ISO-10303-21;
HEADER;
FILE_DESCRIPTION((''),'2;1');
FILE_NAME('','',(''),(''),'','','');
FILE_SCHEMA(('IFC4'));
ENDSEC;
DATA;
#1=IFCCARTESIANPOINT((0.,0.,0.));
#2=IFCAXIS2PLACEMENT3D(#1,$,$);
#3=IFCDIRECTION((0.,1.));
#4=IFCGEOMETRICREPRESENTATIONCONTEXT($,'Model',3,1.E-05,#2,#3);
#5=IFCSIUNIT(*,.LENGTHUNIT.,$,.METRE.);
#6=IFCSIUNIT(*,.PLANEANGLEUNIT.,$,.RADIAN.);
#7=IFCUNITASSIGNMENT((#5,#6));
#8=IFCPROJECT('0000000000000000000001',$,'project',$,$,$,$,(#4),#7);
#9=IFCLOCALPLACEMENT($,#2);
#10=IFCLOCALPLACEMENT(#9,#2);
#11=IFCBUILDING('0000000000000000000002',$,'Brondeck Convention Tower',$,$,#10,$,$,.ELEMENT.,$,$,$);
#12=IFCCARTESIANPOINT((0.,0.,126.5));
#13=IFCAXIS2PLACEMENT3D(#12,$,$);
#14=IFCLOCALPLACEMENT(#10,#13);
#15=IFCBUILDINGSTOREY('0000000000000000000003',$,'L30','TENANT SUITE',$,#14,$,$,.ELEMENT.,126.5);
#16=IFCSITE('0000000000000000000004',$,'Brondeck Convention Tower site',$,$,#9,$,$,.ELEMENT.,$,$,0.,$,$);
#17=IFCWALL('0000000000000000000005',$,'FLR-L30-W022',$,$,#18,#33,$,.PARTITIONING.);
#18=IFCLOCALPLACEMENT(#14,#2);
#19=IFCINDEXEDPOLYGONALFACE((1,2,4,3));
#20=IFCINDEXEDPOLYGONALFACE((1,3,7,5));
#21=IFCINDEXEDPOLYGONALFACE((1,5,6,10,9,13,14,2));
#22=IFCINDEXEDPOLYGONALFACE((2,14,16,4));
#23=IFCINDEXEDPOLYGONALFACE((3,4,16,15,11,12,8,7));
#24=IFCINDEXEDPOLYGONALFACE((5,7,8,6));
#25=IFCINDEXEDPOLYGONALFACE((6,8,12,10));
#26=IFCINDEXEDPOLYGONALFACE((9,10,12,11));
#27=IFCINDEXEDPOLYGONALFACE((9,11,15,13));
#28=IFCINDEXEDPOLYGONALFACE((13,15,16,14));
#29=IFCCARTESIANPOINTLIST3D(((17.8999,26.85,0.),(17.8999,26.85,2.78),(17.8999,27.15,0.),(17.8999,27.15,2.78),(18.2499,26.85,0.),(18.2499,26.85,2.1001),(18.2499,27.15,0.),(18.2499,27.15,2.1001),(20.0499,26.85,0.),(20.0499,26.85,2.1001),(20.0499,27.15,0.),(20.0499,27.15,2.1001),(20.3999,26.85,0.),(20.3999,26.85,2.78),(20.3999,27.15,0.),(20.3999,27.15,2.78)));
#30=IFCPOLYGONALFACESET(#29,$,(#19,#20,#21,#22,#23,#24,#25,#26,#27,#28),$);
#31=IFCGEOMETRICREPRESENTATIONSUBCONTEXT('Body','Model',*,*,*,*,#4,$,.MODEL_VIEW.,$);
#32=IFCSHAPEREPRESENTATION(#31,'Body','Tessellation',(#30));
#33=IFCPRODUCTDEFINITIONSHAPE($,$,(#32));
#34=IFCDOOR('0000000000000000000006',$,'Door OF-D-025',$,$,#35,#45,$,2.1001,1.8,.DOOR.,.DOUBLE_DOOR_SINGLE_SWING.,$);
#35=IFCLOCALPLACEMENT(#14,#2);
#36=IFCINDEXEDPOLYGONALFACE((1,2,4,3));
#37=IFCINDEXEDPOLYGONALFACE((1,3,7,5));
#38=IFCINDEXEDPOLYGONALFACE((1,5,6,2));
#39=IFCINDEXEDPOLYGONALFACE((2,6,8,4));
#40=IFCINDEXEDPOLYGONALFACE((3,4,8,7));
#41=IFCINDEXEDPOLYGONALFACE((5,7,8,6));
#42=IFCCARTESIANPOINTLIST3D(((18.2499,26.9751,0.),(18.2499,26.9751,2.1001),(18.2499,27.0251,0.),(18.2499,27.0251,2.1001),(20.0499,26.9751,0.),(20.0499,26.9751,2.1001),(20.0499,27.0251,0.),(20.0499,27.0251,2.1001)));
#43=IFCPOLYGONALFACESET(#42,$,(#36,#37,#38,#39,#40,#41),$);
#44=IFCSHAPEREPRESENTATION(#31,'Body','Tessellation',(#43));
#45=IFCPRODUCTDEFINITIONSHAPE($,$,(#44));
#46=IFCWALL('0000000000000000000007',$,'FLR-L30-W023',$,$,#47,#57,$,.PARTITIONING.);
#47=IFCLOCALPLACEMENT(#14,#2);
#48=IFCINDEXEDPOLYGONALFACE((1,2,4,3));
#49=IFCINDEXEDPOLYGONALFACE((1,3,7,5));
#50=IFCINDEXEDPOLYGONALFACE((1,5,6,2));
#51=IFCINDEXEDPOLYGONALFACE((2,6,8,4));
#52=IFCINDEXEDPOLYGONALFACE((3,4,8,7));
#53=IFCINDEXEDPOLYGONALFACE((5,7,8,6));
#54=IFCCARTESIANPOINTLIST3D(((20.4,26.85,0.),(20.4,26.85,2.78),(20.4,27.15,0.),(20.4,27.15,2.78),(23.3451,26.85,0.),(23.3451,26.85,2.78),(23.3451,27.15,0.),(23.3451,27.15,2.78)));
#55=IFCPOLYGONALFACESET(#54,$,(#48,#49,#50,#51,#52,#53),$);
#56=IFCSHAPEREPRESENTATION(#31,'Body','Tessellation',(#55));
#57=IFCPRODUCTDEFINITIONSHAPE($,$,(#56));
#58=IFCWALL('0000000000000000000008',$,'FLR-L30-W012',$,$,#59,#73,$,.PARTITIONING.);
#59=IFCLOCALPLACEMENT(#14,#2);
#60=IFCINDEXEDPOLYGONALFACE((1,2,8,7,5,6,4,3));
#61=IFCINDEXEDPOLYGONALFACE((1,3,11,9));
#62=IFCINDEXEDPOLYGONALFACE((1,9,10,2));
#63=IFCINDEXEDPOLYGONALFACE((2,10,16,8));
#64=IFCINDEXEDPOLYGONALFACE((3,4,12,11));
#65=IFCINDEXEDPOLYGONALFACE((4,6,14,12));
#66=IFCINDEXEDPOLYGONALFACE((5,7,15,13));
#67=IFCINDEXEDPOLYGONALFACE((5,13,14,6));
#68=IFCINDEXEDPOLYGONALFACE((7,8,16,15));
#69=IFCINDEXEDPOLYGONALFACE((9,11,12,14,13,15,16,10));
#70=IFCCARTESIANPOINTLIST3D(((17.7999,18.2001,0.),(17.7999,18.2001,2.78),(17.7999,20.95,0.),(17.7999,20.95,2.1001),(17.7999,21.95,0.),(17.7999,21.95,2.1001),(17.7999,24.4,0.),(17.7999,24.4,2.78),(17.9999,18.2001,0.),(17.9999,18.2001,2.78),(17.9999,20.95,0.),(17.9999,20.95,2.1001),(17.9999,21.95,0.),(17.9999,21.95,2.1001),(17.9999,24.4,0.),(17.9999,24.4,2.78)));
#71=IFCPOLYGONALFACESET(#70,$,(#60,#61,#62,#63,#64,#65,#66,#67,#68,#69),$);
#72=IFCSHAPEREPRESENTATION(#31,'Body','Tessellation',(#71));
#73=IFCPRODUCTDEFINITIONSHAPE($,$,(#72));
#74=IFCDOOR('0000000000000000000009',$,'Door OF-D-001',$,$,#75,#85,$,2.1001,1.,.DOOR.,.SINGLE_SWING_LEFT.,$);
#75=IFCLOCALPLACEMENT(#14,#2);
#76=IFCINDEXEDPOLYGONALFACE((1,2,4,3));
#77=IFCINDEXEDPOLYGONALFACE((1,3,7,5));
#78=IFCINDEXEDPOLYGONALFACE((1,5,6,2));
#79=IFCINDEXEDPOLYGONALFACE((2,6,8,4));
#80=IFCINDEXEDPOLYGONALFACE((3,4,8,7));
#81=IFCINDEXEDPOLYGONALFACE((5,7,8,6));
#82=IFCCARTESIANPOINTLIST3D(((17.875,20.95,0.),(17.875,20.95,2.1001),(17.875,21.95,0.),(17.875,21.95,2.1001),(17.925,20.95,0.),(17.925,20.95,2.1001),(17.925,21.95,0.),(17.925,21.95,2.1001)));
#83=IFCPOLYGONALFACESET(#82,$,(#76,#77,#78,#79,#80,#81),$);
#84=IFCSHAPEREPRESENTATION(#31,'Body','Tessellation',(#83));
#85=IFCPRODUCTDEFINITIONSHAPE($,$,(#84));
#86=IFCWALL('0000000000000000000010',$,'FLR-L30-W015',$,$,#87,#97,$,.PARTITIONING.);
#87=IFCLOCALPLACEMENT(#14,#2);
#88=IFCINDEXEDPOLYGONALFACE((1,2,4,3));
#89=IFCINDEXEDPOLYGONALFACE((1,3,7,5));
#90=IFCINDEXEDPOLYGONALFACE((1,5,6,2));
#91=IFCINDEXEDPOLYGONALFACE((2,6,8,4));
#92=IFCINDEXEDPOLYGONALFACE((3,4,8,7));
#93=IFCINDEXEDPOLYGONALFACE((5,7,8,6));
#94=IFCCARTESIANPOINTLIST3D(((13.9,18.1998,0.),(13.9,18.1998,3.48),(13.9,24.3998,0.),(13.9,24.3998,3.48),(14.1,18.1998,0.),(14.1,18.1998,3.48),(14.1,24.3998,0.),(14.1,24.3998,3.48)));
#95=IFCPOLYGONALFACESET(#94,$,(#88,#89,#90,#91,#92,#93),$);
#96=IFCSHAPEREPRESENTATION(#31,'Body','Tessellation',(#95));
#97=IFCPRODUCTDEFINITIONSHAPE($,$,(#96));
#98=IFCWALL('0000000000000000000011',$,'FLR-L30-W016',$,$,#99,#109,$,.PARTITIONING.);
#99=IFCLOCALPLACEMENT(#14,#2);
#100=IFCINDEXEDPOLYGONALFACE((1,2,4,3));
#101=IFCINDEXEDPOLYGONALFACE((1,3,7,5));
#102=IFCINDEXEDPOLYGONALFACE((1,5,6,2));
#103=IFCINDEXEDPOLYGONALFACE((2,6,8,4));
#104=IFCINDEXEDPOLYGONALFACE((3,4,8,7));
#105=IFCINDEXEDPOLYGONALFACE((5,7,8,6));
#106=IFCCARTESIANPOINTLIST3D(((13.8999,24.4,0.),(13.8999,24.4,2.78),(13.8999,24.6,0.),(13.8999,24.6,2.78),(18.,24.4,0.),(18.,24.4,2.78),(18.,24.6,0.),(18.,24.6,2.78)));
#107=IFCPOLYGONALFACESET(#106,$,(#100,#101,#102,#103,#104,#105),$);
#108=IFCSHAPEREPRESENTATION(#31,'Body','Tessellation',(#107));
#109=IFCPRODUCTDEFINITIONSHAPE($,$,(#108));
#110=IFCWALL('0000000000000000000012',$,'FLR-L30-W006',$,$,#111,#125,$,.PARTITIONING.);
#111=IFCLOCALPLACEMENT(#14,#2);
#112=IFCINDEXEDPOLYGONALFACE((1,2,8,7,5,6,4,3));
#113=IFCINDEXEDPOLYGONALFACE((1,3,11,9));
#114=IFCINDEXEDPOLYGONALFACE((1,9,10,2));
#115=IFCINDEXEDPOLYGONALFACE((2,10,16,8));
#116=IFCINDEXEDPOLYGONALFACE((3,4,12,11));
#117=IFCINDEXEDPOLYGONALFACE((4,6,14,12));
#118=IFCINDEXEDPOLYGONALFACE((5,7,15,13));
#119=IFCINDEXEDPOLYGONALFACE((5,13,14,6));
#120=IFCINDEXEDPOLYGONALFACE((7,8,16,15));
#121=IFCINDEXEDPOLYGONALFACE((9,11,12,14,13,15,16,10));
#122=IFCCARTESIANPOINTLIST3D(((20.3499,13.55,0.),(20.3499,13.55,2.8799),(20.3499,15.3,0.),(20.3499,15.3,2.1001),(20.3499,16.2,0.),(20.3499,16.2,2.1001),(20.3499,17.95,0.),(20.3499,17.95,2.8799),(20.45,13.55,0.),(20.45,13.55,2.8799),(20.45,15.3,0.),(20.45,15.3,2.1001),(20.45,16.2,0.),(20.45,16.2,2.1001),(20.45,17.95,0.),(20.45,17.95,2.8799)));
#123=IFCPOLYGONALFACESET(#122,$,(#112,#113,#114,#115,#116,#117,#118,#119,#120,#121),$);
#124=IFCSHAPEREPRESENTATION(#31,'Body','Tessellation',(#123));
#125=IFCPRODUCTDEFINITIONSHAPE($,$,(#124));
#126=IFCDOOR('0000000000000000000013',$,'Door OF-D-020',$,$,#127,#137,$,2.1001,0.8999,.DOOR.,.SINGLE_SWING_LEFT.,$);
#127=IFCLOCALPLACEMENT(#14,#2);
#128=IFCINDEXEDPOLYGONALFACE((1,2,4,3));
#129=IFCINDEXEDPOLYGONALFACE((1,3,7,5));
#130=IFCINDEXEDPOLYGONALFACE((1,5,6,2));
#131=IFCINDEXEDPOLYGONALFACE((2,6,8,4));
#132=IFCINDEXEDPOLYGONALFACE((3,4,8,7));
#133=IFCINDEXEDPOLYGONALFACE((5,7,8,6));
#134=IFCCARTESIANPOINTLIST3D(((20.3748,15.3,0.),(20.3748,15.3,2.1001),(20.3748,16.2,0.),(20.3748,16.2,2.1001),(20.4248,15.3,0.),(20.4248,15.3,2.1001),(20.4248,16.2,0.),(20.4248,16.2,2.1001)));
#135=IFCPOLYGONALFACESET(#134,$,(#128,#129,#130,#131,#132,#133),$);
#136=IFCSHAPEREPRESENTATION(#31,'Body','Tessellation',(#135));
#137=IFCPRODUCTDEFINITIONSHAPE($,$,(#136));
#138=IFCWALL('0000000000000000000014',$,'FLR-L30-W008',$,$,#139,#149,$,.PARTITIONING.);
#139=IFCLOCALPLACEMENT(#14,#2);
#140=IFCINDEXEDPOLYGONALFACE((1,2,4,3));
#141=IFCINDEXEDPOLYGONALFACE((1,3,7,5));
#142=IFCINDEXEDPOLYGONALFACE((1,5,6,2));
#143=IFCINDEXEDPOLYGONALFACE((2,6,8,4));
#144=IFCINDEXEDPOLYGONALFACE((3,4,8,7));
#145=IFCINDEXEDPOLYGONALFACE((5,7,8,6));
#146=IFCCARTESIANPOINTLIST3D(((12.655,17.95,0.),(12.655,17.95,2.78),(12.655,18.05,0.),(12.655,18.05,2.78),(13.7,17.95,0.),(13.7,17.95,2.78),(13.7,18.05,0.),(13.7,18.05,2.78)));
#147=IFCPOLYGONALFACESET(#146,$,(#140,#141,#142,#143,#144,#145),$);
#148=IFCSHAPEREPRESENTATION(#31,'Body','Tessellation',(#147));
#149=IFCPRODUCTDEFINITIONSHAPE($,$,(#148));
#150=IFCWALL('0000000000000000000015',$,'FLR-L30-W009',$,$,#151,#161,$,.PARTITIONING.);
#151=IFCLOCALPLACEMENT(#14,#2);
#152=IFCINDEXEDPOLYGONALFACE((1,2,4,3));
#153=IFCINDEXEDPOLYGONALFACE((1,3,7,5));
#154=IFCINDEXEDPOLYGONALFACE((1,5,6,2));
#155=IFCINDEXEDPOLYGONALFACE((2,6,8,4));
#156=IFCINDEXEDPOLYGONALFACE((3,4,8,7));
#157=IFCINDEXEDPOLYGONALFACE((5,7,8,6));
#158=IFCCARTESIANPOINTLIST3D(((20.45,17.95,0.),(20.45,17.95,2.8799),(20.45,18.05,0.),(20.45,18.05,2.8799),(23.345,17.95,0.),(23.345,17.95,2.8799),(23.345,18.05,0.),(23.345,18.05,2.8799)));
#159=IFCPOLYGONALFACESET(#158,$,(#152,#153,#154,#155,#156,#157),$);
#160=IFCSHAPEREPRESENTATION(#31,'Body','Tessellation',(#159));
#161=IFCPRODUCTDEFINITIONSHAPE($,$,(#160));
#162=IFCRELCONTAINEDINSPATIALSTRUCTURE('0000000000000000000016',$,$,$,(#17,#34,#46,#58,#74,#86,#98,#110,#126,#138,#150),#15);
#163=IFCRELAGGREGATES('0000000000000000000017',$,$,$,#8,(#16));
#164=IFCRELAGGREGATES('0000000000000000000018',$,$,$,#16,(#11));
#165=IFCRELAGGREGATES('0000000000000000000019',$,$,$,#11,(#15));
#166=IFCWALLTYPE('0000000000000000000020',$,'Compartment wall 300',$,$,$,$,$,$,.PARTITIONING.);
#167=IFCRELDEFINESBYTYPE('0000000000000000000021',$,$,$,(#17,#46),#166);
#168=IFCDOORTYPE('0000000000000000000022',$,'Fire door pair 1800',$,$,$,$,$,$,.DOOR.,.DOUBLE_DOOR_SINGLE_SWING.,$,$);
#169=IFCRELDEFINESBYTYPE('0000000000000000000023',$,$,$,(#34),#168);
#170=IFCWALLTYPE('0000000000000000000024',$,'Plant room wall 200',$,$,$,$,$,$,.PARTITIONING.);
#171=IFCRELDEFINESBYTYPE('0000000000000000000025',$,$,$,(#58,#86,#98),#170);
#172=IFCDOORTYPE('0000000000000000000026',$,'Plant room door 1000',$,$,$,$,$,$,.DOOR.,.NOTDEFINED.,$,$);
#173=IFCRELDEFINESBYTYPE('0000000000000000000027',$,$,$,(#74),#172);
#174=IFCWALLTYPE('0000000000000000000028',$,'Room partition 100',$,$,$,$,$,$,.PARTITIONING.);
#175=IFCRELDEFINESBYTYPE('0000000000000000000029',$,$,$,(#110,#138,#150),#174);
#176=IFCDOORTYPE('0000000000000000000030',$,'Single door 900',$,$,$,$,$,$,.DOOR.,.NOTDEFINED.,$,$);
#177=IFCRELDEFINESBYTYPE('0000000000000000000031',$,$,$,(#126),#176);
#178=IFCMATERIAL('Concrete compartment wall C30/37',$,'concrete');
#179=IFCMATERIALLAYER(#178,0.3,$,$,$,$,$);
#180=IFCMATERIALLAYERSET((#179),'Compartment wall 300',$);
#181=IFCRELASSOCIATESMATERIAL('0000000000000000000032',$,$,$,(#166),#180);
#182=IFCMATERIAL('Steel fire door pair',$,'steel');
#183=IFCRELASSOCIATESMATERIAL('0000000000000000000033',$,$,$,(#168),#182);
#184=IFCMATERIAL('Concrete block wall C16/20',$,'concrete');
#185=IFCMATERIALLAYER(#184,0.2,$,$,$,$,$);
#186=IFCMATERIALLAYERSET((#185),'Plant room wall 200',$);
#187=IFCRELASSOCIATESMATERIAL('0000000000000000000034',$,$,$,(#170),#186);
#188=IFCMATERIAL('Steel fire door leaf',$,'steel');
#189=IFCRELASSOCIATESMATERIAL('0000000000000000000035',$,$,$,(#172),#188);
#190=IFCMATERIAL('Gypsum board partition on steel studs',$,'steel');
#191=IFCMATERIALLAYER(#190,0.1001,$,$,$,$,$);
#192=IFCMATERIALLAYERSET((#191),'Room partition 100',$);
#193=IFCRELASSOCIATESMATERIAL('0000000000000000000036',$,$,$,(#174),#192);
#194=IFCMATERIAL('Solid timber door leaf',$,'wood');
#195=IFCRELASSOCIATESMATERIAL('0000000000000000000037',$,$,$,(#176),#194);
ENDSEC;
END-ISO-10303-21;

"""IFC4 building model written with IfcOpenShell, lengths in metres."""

from ifc_helpers import new_model, si_unit, direction, frame, frame_2d, origin, place, context, subcontext, project, spatial, rectangle, extrude, material, layer, layer_set, type_object, element, fill, save


model = new_model("IFC4")

# Units and contexts
model_context = context("Model", 3, precision=1e-05, world=origin(), true_north=direction((0.0, 1.0)))
body_context = subcontext(model_context, "Body", "Model", "MODEL_VIEW")
ifc_project = project(units=[si_unit("LENGTHUNIT", "METRE"), si_unit("PLANEANGLEUNIT", "RADIAN")], contexts=[model_context])

# Site, building, storey
site_placement = place(None, origin())
site = spatial("IfcSite", under=ifc_project, at=site_placement, Name="Brondeck Convention Tower site", CompositionType="ELEMENT", RefElevation=0.0)
building_placement = place(site_placement, origin())
building = spatial("IfcBuilding", under=site, at=building_placement, Name="Brondeck Convention Tower", CompositionType="ELEMENT")
storey_placement = place(building_placement, frame((0.0, 0.0, 126.5)))
storey = spatial("IfcBuildingStorey", under=building, at=storey_placement, Name="L30", Description="TENANT SUITE", CompositionType="ELEMENT", Elevation=126.5)

# Shared definitions
ifc_material_1 = material(Name="Concrete compartment wall C30/37", Category="concrete")
ifc_layer_1 = layer(ifc_material_1, 0.3)
ifc_layer_set_1 = layer_set([ifc_layer_1], Name="Compartment wall 300")
wall_type_1 = type_object("IfcWallType", Name="Compartment wall 300", PredefinedType="PARTITIONING", material=ifc_layer_set_1)

# Wall, opening, door
wall_1_placement = place(storey_placement, frame((20.3999, 27.0, 0.0), z_axis=(0.0, 0.0, 1.0), x_axis=(-1.0, 0.0, 0.0)))
wall_1 = element("IfcWall", 1, at=wall_1_placement, inside=storey, type_object=wall_type_1, Name="FLR-L30-W022", PredefinedType="PARTITIONING", context=body_context, shape_type="SweptSolid", body=[
    extrude(rectangle(XDim=2.5, YDim=0.3, at=frame_2d((1.25, 0.0))), origin(), (0.0, 0.0, 1.0), 2.78),
])
opening_1_placement = place(wall_1_placement, frame((0.3501, 0.0, 0.0)))
opening_1 = element("IfcOpeningElement", 2, at=opening_1_placement, cuts=wall_1, PredefinedType="OPENING", context=body_context, shape_type="SweptSolid", body=[
    extrude(rectangle(XDim=1.8, YDim=2.1001, at=frame_2d((0.8999, 1.05))), frame((0.0, 0.1599, 0.0), z_axis=(0.0, -1.0, 0.0), x_axis=(1.0, 0.0, 0.0)), (0.0, 0.0, 1.0), 0.3201),
])
ifc_material_2 = material(Name="Steel fire door pair", Category="steel")
door_type_1 = type_object("IfcDoorType", Name="Fire door pair 1800", OperationType="DOUBLE_DOOR_SINGLE_SWING", PredefinedType="DOOR", material=ifc_material_2)
door_1_placement = place(opening_1_placement, origin())
door_1 = element("IfcDoor", 3, at=door_1_placement, inside=storey, type_object=door_type_1, Name="Door OF-D-025", OperationType="DOUBLE_DOOR_SINGLE_SWING", OverallHeight=2.1001, OverallWidth=1.8, PredefinedType="DOOR", context=body_context, shape_type="SweptSolid", body=[
    extrude(rectangle(XDim=1.8, YDim=2.1001, at=frame_2d((0.8999, 1.05))), frame((0.0, 0.0249, 0.0), z_axis=(0.0, -1.0, 0.0), x_axis=(1.0, 0.0, 0.0)), (0.0, 0.0, 1.0), 0.05),
])
fill(opening_1, door_1)

# Wall
wall_2_placement = place(storey_placement, frame((20.3999, 27.0, 0.0), z_axis=(0.0, 0.0, 1.0), x_axis=(1.0, 0.0, 0.0)))
element("IfcWall", 4, at=wall_2_placement, inside=storey, type_object=wall_type_1, Name="FLR-L30-W023", PredefinedType="PARTITIONING", context=body_context, shape_type="SweptSolid", body=[
    extrude(rectangle(XDim=2.9451, YDim=0.3, at=frame_2d((1.4727, 0.0))), origin(), (0.0, 0.0, 1.0), 2.78),
])

# Wall, opening, door
ifc_material_3 = material(Name="Concrete block wall C16/20", Category="concrete")
ifc_layer_2 = layer(ifc_material_3, 0.2)
ifc_layer_set_2 = layer_set([ifc_layer_2], Name="Plant room wall 200")
wall_type_2 = type_object("IfcWallType", Name="Plant room wall 200", PredefinedType="PARTITIONING", material=ifc_layer_set_2)
wall_3_placement = place(storey_placement, frame((17.8999, 18.2, 0.0), z_axis=(0.0, 0.0, 1.0), x_axis=(0.0, 1.0, 0.0)))
wall_3 = element("IfcWall", 5, at=wall_3_placement, inside=storey, type_object=wall_type_2, Name="FLR-L30-W012", PredefinedType="PARTITIONING", context=body_context, shape_type="SweptSolid", body=[
    extrude(rectangle(XDim=6.2, YDim=0.2, at=frame_2d((3.1001, 0.0))), origin(), (0.0, 0.0, 1.0), 2.78),
])
opening_2_placement = place(wall_3_placement, frame((2.75, 0.0, 0.0)))
opening_2 = element("IfcOpeningElement", 6, at=opening_2_placement, cuts=wall_3, PredefinedType="OPENING", context=body_context, shape_type="SweptSolid", body=[
    extrude(rectangle(XDim=1.0, YDim=2.1001, at=frame_2d((0.5, 1.05))), frame((0.0, 0.1099, 0.0), z_axis=(0.0, -1.0, 0.0), x_axis=(1.0, 0.0, 0.0)), (0.0, 0.0, 1.0), 0.22),
])
ifc_material_4 = material(Name="Steel fire door leaf", Category="steel")
door_type_2 = type_object("IfcDoorType", Name="Plant room door 1000", OperationType="NOTDEFINED", PredefinedType="DOOR", material=ifc_material_4)
door_2_placement = place(opening_2_placement, origin())
door_2 = element("IfcDoor", 7, at=door_2_placement, inside=storey, type_object=door_type_2, Name="Door OF-D-001", OperationType="SINGLE_SWING_LEFT", OverallHeight=2.1001, OverallWidth=1.0, PredefinedType="DOOR", context=body_context, shape_type="SweptSolid", body=[
    extrude(rectangle(XDim=1.0, YDim=2.1001, at=frame_2d((0.5, 1.05))), frame((0.0, 0.0249, 0.0), z_axis=(0.0, -1.0, 0.0), x_axis=(1.0, 0.0, 0.0)), (0.0, 0.0, 1.0), 0.05),
])
fill(opening_2, door_2)

# Walls
wall_4_placement = place(storey_placement, frame((14.0, 24.3999, 0.0), z_axis=(0.0, 0.0, 1.0), x_axis=(0.0, -1.0, 0.0)))
element("IfcWall", 8, at=wall_4_placement, inside=storey, type_object=wall_type_2, Name="FLR-L30-W015", PredefinedType="PARTITIONING", context=body_context, shape_type="SweptSolid", body=[
    extrude(rectangle(XDim=6.2, YDim=0.2, at=frame_2d((3.1001, 0.0))), origin(), (0.0, 0.0, 1.0), 3.48),
])
wall_5_placement = place(storey_placement, frame((18.0, 24.5, 0.0), z_axis=(0.0, 0.0, 1.0), x_axis=(-1.0, 0.0, 0.0)))
element("IfcWall", 9, at=wall_5_placement, inside=storey, type_object=wall_type_2, Name="FLR-L30-W016", PredefinedType="PARTITIONING", context=body_context, shape_type="SweptSolid", body=[
    extrude(rectangle(XDim=4.1001, YDim=0.2, at=frame_2d((2.05, 0.0))), origin(), (0.0, 0.0, 1.0), 2.78),
])

# Wall, opening, door
ifc_material_5 = material(Name="Gypsum board partition on steel studs", Category="steel")
ifc_layer_3 = layer(ifc_material_5, 0.1001)
ifc_layer_set_3 = layer_set([ifc_layer_3], Name="Room partition 100")
wall_type_3 = type_object("IfcWallType", Name="Room partition 100", PredefinedType="PARTITIONING", material=ifc_layer_set_3)
wall_6_placement = place(storey_placement, frame((20.3999, 17.95, 0.0), z_axis=(0.0, 0.0, 1.0), x_axis=(0.0, -1.0, 0.0)))
wall_6 = element("IfcWall", 10, at=wall_6_placement, inside=storey, type_object=wall_type_3, Name="FLR-L30-W006", PredefinedType="PARTITIONING", context=body_context, shape_type="SweptSolid", body=[
    extrude(rectangle(XDim=4.3999, YDim=0.1001, at=frame_2d((2.2, 0.0))), origin(), (0.0, 0.0, 1.0), 2.8799),
])
opening_3_placement = place(wall_6_placement, frame((1.75, 0.0, 0.0)))
opening_3 = element("IfcOpeningElement", 11, at=opening_3_placement, cuts=wall_6, PredefinedType="OPENING", context=body_context, shape_type="SweptSolid", body=[
    extrude(rectangle(XDim=0.8999, YDim=2.1001, at=frame_2d((0.45, 1.05))), frame((0.0, 0.0601, 0.0), z_axis=(0.0, -1.0, 0.0), x_axis=(1.0, 0.0, 0.0)), (0.0, 0.0, 1.0), 0.1201),
])
ifc_material_6 = material(Name="Solid timber door leaf", Category="wood")
door_type_3 = type_object("IfcDoorType", Name="Single door 900", OperationType="NOTDEFINED", PredefinedType="DOOR", material=ifc_material_6)
door_3_placement = place(opening_3_placement, origin())
door_3 = element("IfcDoor", 12, at=door_3_placement, inside=storey, type_object=door_type_3, Name="Door OF-D-020", OperationType="SINGLE_SWING_LEFT", OverallHeight=2.1001, OverallWidth=0.8999, PredefinedType="DOOR", context=body_context, shape_type="SweptSolid", body=[
    extrude(rectangle(XDim=0.8999, YDim=2.1001, at=frame_2d((0.45, 1.05))), frame((0.0, 0.0249, 0.0), z_axis=(0.0, -1.0, 0.0), x_axis=(1.0, 0.0, 0.0)), (0.0, 0.0, 1.0), 0.05),
])
fill(opening_3, door_3)

# Walls
wall_7_placement = place(storey_placement, frame((13.7, 18.0, 0.0), z_axis=(0.0, 0.0, 1.0), x_axis=(-1.0, 0.0, 0.0)))
element("IfcWall", 13, at=wall_7_placement, inside=storey, type_object=wall_type_3, Name="FLR-L30-W008", PredefinedType="PARTITIONING", context=body_context, shape_type="SweptSolid", body=[
    extrude(rectangle(XDim=1.0449, YDim=0.1001, at=frame_2d((0.5225, 0.0))), origin(), (0.0, 0.0, 1.0), 2.78),
])
wall_8_placement = place(storey_placement, frame((23.345, 18.0, 0.0), z_axis=(0.0, 0.0, 1.0), x_axis=(-1.0, 0.0, 0.0)))
element("IfcWall", 14, at=wall_8_placement, inside=storey, type_object=wall_type_3, Name="FLR-L30-W009", PredefinedType="PARTITIONING", context=body_context, shape_type="SweptSolid", body=[
    extrude(rectangle(XDim=2.895, YDim=0.1001, at=frame_2d((1.4475, 0.0))), origin(), (0.0, 0.0, 1.0), 2.8799),
])

save(model, "model.ifc")
